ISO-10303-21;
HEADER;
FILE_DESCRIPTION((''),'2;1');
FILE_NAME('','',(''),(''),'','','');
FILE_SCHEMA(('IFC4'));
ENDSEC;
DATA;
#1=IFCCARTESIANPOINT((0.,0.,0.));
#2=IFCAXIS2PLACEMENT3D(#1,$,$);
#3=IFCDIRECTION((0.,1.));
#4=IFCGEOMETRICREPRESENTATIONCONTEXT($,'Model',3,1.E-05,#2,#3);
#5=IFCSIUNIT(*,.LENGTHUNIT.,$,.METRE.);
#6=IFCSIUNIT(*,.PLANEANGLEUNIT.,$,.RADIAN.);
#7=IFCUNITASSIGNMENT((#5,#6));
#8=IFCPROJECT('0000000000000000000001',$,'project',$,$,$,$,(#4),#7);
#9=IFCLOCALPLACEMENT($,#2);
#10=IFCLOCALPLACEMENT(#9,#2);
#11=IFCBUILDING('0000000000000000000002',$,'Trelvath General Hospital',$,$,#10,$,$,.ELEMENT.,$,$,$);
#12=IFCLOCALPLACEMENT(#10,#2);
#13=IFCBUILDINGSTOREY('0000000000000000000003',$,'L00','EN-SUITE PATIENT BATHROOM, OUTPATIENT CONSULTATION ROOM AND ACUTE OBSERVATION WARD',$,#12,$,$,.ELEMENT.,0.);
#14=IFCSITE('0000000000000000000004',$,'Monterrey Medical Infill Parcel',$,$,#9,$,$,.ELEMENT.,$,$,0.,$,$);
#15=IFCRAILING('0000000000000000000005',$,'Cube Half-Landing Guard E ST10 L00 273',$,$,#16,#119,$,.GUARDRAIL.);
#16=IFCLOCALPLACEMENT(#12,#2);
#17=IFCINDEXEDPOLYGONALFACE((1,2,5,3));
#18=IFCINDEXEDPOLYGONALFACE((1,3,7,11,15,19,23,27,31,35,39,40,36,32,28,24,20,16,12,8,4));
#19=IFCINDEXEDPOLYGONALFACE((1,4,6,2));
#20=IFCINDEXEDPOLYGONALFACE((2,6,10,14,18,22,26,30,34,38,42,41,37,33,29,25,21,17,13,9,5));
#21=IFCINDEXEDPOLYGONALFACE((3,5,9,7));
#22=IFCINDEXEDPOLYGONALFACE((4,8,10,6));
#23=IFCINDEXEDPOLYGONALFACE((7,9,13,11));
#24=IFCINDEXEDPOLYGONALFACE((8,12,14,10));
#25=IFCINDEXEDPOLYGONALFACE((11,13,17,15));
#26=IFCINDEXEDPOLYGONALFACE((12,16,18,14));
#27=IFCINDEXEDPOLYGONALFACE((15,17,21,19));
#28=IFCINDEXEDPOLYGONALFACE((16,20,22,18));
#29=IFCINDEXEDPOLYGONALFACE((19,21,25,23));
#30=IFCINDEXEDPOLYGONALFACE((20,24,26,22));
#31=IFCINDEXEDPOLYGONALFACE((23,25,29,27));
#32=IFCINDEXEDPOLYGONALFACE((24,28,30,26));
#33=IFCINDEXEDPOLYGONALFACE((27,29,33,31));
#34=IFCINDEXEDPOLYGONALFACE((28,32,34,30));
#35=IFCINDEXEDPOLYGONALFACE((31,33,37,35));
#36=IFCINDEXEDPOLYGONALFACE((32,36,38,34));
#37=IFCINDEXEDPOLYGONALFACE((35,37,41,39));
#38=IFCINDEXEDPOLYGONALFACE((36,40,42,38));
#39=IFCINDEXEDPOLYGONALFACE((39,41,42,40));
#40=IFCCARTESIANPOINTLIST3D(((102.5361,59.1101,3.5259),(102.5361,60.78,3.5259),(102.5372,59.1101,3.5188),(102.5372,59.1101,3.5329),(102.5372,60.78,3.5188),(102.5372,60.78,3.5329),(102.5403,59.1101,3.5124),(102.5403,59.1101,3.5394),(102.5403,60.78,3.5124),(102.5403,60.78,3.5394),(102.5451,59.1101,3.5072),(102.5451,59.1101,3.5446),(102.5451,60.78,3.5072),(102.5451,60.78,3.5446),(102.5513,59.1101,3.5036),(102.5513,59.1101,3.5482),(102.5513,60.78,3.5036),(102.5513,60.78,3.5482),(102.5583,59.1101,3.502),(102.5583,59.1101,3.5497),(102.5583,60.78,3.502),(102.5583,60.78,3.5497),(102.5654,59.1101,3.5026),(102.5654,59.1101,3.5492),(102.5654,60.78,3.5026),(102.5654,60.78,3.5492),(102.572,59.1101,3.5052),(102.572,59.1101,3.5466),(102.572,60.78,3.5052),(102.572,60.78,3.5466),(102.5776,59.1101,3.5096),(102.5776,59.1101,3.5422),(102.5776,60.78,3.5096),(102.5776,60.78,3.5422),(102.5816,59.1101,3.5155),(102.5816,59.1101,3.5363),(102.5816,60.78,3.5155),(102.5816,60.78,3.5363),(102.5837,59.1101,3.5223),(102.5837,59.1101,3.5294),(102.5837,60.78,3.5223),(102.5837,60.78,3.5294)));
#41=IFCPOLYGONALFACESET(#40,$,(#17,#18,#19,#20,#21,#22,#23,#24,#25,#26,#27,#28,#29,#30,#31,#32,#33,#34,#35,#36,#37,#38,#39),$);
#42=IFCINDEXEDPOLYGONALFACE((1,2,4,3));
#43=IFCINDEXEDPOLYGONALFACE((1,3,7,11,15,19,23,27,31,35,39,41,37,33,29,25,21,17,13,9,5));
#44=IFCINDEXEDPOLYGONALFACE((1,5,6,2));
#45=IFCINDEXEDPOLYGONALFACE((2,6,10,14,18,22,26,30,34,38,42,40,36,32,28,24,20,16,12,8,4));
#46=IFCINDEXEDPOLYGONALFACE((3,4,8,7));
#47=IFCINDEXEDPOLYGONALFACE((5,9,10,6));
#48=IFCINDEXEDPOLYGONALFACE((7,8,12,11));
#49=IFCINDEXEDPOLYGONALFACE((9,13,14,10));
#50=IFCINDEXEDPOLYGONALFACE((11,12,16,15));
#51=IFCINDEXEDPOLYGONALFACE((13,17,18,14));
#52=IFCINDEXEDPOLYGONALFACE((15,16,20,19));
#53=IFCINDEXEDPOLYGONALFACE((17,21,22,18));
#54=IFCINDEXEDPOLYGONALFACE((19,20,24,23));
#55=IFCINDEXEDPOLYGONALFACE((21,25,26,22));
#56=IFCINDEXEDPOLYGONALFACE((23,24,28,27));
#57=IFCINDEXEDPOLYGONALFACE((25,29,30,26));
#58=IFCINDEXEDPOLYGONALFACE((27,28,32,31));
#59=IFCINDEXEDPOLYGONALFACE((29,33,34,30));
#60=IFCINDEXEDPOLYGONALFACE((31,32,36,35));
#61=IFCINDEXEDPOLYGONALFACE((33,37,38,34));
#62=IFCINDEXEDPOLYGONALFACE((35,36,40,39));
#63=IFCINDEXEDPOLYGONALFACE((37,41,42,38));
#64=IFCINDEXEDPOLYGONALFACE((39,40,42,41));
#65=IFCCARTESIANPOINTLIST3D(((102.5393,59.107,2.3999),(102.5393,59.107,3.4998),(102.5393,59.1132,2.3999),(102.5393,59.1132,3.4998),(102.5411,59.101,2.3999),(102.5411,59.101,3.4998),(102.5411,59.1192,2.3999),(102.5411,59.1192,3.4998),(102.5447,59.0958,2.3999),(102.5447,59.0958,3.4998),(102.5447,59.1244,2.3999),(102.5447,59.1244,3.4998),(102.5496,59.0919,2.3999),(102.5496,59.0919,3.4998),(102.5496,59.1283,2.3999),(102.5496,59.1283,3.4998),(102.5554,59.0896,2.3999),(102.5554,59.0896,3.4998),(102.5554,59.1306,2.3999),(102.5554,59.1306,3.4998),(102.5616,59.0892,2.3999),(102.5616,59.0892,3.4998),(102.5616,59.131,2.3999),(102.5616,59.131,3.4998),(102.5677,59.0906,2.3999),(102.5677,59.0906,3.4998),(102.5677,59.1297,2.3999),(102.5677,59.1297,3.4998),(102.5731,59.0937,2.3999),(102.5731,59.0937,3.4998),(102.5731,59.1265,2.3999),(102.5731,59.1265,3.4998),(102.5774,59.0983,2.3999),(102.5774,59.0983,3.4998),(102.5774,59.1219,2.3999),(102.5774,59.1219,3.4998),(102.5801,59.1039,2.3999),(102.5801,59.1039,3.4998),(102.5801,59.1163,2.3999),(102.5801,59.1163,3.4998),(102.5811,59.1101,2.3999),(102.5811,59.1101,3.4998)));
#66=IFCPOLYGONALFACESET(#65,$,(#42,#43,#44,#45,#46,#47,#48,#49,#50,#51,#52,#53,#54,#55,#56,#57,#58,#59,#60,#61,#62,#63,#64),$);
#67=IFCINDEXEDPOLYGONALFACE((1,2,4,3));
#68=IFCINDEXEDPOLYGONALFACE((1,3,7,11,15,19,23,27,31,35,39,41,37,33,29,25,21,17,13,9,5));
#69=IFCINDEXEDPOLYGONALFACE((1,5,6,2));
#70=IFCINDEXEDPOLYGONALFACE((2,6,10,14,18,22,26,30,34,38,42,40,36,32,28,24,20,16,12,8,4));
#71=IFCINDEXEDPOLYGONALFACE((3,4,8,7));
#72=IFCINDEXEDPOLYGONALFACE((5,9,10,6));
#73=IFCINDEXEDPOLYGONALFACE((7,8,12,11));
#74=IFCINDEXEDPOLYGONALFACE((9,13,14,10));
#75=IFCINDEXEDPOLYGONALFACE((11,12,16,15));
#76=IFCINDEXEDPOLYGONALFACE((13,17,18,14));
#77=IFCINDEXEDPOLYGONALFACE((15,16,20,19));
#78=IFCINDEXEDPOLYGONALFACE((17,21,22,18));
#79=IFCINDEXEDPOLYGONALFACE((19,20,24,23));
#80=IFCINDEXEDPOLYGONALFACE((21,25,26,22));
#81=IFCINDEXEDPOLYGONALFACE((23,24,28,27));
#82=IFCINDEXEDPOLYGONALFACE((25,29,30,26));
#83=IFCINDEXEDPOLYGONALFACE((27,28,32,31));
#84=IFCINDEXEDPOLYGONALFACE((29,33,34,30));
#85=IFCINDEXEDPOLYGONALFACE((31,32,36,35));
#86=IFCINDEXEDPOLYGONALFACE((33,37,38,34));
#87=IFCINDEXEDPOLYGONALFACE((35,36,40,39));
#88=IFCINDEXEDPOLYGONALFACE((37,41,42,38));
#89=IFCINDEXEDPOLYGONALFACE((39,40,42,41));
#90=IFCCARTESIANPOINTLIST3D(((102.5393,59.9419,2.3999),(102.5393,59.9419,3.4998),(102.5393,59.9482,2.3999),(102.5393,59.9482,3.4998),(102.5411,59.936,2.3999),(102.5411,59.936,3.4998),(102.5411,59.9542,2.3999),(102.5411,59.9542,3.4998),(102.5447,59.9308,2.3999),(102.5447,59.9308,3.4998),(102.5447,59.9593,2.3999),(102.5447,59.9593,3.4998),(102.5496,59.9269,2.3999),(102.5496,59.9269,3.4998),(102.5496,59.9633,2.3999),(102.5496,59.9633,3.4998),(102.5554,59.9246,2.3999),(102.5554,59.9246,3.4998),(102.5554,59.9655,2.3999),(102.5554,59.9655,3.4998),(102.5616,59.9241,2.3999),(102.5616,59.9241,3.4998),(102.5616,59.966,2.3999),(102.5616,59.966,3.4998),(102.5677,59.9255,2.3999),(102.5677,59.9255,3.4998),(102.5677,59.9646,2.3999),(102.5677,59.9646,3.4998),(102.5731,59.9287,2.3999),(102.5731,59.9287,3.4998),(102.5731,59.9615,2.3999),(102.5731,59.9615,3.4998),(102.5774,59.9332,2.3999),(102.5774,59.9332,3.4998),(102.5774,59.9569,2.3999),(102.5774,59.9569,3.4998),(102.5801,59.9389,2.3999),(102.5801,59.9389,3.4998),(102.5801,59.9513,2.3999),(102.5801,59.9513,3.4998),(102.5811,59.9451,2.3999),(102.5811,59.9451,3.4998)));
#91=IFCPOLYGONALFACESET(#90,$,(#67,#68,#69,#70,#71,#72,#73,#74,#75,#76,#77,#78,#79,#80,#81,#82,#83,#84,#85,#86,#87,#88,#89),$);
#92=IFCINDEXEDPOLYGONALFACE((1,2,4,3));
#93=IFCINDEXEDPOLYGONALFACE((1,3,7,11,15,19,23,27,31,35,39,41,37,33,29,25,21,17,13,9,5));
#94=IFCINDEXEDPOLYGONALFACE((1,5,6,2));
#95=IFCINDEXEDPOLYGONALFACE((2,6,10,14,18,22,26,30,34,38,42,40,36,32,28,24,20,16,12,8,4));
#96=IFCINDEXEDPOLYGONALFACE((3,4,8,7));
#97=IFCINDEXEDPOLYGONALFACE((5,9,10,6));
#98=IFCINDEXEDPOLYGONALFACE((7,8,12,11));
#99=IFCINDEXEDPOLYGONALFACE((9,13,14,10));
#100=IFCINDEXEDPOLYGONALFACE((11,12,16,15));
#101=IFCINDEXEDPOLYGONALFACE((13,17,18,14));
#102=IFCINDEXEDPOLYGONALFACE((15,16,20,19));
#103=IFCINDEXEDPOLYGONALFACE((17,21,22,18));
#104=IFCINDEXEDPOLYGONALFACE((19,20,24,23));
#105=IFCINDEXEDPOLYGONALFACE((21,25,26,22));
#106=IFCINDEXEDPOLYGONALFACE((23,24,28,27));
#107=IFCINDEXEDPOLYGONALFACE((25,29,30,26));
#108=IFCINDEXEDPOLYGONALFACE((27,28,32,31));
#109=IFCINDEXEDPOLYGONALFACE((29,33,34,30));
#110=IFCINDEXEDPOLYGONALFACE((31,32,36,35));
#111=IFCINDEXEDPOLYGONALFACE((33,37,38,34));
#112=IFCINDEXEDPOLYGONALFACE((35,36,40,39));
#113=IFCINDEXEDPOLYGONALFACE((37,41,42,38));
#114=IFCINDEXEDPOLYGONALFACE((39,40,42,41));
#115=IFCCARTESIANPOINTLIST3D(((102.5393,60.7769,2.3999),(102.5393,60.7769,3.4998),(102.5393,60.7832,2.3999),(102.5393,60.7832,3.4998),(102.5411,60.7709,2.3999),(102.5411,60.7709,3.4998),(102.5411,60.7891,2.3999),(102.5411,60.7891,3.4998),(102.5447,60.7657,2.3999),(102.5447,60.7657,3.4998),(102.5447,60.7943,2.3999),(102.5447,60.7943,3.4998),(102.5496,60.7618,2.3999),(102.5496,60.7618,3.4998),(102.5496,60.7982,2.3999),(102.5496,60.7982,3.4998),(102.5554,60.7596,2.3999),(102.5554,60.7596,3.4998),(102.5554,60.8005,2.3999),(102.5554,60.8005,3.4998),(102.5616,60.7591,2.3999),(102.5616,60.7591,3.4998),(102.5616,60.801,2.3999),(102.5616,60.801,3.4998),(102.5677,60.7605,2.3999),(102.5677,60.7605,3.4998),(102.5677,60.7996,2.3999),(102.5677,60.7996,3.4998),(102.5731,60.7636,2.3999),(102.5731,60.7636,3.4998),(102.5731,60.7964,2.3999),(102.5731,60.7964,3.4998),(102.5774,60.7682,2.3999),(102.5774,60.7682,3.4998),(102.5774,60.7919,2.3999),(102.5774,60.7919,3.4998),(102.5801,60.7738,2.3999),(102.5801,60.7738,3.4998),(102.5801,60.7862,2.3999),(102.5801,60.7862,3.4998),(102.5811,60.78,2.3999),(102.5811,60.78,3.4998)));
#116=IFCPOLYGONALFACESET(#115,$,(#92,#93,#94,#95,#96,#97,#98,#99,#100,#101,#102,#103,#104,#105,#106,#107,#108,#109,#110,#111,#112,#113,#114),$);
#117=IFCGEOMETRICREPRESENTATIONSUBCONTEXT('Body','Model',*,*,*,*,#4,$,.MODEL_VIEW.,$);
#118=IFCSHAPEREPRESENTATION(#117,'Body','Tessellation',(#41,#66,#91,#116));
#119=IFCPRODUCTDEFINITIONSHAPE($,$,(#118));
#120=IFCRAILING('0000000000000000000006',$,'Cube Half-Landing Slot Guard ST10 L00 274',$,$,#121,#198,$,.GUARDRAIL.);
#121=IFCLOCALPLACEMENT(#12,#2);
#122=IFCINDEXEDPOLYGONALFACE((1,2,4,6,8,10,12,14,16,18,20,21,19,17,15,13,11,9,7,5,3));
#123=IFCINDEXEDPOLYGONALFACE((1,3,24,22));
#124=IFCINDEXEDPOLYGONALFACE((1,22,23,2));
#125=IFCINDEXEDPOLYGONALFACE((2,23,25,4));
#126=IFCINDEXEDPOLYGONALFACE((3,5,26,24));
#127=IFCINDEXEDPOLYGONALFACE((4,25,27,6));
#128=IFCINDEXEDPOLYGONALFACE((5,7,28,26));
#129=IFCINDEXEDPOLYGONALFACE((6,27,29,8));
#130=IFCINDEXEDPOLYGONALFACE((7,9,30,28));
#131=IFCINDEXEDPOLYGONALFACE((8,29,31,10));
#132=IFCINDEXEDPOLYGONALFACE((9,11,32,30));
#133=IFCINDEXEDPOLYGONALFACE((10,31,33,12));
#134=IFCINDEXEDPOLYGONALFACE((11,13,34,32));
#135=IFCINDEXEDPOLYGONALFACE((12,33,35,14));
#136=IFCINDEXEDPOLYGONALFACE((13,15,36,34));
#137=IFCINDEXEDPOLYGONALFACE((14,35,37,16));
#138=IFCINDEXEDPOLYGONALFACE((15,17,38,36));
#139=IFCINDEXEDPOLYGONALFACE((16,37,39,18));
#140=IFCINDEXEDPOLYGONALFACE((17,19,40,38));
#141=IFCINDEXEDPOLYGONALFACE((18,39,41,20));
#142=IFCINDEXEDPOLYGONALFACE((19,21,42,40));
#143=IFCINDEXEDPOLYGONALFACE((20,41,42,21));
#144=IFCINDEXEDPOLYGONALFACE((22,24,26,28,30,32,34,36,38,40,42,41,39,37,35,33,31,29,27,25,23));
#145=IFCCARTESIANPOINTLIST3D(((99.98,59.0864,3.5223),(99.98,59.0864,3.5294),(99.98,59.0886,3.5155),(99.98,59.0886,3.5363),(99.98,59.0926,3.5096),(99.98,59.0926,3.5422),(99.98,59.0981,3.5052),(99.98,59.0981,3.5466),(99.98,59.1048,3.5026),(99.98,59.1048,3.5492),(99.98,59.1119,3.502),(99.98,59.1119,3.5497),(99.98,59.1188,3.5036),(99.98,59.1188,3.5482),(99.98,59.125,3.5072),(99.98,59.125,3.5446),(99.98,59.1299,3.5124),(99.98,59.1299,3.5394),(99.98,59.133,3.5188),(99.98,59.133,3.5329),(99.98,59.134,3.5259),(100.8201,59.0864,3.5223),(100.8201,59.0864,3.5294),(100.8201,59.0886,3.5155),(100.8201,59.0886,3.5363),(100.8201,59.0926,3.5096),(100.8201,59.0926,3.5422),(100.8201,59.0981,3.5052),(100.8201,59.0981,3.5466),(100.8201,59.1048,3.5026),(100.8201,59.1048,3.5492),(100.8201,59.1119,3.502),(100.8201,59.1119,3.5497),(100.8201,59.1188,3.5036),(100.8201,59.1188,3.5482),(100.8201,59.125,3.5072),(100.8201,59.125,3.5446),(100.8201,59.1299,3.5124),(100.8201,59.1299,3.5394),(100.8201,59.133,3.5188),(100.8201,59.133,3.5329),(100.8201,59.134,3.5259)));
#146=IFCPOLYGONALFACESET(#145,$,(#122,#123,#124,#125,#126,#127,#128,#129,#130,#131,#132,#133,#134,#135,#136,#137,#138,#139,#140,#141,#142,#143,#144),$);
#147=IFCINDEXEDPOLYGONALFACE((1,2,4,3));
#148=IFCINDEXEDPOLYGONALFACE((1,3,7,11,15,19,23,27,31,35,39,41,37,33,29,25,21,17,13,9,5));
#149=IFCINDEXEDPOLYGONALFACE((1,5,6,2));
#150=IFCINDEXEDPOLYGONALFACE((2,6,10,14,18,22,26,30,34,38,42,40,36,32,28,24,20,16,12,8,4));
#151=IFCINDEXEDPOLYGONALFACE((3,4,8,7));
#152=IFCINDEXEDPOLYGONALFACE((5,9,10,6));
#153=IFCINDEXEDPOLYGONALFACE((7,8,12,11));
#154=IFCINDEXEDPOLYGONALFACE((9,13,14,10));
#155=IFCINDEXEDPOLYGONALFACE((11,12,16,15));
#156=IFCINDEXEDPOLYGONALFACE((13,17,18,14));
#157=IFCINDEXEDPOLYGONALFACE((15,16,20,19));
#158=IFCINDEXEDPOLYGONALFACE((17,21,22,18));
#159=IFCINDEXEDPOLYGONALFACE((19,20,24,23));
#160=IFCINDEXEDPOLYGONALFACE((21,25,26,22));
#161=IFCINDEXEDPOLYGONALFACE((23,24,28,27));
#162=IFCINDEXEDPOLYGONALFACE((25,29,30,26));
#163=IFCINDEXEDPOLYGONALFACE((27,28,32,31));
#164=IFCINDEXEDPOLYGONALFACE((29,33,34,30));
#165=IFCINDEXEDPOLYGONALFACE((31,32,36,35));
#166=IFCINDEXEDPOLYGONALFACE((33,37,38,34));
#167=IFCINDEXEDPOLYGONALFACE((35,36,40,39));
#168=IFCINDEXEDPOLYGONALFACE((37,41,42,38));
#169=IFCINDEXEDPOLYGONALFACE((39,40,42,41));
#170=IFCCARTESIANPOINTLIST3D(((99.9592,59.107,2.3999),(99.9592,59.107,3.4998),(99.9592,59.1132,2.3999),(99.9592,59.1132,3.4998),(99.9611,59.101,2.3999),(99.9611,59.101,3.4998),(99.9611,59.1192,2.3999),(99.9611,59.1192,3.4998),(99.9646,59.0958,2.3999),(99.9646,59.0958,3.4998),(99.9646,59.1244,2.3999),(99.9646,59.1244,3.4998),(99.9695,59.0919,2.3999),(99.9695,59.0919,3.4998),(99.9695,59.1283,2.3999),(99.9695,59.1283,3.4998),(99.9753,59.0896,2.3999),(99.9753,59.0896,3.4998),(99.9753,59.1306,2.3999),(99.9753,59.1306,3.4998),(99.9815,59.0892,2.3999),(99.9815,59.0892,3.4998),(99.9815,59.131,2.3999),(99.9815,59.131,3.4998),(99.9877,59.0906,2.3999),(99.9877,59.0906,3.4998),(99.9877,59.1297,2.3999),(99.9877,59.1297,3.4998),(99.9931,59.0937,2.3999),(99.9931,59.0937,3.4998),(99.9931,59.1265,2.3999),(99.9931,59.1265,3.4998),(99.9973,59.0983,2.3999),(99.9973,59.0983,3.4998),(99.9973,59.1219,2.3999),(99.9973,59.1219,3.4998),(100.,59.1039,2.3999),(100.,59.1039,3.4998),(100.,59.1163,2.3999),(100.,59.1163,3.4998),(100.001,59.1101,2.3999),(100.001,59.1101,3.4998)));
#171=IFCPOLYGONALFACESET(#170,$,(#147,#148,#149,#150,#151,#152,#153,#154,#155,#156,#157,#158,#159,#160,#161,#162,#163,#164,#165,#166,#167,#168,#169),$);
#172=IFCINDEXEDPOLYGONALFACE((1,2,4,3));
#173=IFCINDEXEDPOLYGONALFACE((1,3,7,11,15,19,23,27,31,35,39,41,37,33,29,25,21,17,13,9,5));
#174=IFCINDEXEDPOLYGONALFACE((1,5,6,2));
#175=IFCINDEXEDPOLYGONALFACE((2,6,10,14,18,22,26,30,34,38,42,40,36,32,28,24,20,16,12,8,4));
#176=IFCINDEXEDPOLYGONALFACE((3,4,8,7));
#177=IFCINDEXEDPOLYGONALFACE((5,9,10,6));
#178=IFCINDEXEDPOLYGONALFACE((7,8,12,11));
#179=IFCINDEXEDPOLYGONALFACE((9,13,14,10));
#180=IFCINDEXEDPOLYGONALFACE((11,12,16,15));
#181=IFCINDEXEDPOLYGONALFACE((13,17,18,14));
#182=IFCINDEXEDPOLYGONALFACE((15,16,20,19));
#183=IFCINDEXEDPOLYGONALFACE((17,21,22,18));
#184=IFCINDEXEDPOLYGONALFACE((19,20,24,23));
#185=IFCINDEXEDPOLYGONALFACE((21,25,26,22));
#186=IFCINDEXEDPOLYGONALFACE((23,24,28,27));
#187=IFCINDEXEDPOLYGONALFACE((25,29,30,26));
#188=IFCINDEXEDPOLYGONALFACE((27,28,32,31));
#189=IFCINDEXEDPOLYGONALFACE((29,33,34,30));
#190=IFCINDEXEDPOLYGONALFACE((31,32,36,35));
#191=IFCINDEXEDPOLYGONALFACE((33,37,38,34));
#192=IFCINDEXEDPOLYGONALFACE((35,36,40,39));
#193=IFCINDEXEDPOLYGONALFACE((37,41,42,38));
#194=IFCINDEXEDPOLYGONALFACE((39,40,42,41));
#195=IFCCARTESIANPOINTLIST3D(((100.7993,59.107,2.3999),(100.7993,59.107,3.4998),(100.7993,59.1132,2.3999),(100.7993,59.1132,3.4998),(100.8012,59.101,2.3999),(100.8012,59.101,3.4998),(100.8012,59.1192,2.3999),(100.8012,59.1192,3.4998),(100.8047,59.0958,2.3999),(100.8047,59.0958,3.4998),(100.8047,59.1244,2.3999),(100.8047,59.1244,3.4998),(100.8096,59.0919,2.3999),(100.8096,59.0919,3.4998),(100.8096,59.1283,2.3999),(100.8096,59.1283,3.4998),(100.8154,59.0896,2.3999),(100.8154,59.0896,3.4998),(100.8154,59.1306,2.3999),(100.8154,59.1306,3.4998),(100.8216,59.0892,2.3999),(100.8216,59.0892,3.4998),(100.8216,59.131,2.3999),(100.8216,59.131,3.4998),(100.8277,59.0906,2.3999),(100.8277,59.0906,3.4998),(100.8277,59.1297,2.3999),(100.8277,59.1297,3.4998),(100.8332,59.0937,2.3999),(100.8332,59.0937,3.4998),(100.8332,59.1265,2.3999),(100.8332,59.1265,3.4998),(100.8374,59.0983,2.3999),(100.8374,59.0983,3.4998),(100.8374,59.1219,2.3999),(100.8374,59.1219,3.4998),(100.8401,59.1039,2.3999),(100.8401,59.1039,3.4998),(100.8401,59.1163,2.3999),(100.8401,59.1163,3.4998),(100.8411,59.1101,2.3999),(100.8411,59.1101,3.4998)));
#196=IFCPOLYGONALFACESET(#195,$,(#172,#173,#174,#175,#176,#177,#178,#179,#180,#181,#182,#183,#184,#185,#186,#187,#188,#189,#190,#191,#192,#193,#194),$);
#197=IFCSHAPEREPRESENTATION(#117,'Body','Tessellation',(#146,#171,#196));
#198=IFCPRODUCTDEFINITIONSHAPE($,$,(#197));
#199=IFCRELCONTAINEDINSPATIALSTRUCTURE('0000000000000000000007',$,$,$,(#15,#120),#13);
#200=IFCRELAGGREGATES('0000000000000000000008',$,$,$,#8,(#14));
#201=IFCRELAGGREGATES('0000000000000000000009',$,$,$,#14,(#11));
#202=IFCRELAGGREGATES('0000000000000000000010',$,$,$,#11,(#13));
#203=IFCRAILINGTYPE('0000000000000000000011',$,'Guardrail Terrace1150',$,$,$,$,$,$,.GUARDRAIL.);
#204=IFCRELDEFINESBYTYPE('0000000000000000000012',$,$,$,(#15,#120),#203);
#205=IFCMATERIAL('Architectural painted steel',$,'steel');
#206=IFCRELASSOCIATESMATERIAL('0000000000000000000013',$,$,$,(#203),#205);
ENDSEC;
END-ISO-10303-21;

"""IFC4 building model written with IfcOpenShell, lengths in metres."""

from ifc_helpers import new_model, si_unit, direction, frame, origin, origin_2d, place, context, subcontext, project, spatial, circle, extrude, material, type_object, element, save


model = new_model("IFC4")

# Units and contexts
model_context = context("Model", 3, precision=1e-05, world=origin(), true_north=direction((0.0, 1.0)))
body_context = subcontext(model_context, "Body", "Model", "MODEL_VIEW")
ifc_project = project(units=[si_unit("LENGTHUNIT", "METRE"), si_unit("PLANEANGLEUNIT", "RADIAN")], contexts=[model_context])

# Site, building, storey
site_placement = place(None, origin())
site = spatial("IfcSite", under=ifc_project, at=site_placement, Name="Monterrey Medical Infill Parcel", CompositionType="ELEMENT", RefElevation=0.0)
building_placement = place(site_placement, origin())
building = spatial("IfcBuilding", under=site, at=building_placement, Name="Trelvath General Hospital", CompositionType="ELEMENT")
storey_placement = place(building_placement, origin())
storey = spatial("IfcBuildingStorey", under=building, at=storey_placement, Name="L00", Description="EN-SUITE PATIENT BATHROOM, OUTPATIENT CONSULTATION ROOM AND ACUTE OBSERVATION WARD", CompositionType="ELEMENT", Elevation=0.0)

# Railings
ifc_material_1 = material(Name="Architectural painted steel", Category="steel")
railing_type = type_object("IfcRailingType", Name="Guardrail Terrace1150", PredefinedType="GUARDRAIL", material=ifc_material_1)
railing_1_placement = place(storey_placement, frame((102.5601, 59.1101, 2.3999)))
element("IfcRailing", 1, at=railing_1_placement, inside=storey, type_object=railing_type, Name="Cube Half-Landing Guard E ST10 L00 273", PredefinedType="GUARDRAIL", context=body_context, shape_type="SweptSolid", body=[
    extrude(circle(Radius=0.0239, at=origin_2d()), frame((0.0, 0.0, 1.126), z_axis=(0.0, 1.0, 0.0), x_axis=(-1.0, 0.0, 0.0)), (0.0, 0.0, 1.0), 1.6699),
    extrude(circle(Radius=0.021, at=origin_2d()), origin(), (0.0, 0.0, 1.0), 1.0999),
    extrude(circle(Radius=0.021, at=origin_2d()), frame((0.0, 0.835, 0.0)), (0.0, 0.0, 1.0), 1.0999),
    extrude(circle(Radius=0.021, at=origin_2d()), frame((0.0, 1.6699, 0.0)), (0.0, 0.0, 1.0), 1.0999),
])
railing_2_placement = place(storey_placement, frame((99.98, 59.1101, 2.3999)))
element("IfcRailing", 2, at=railing_2_placement, inside=storey, type_object=railing_type, Name="Cube Half-Landing Slot Guard ST10 L00 274", PredefinedType="GUARDRAIL", context=body_context, shape_type="SweptSolid", body=[
    extrude(circle(Radius=0.0239, at=origin_2d()), frame((0.0, 0.0, 1.126), z_axis=(1.0, 0.0, 0.0), x_axis=(0.0, 1.0, 0.0)), (0.0, 0.0, 1.0), 0.8401),
    extrude(circle(Radius=0.021, at=origin_2d()), origin(), (0.0, 0.0, 1.0), 1.0999),
    extrude(circle(Radius=0.021, at=origin_2d()), frame((0.8401, 0.0, 0.0)), (0.0, 0.0, 1.0), 1.0999),
])

save(model, "model.ifc")
